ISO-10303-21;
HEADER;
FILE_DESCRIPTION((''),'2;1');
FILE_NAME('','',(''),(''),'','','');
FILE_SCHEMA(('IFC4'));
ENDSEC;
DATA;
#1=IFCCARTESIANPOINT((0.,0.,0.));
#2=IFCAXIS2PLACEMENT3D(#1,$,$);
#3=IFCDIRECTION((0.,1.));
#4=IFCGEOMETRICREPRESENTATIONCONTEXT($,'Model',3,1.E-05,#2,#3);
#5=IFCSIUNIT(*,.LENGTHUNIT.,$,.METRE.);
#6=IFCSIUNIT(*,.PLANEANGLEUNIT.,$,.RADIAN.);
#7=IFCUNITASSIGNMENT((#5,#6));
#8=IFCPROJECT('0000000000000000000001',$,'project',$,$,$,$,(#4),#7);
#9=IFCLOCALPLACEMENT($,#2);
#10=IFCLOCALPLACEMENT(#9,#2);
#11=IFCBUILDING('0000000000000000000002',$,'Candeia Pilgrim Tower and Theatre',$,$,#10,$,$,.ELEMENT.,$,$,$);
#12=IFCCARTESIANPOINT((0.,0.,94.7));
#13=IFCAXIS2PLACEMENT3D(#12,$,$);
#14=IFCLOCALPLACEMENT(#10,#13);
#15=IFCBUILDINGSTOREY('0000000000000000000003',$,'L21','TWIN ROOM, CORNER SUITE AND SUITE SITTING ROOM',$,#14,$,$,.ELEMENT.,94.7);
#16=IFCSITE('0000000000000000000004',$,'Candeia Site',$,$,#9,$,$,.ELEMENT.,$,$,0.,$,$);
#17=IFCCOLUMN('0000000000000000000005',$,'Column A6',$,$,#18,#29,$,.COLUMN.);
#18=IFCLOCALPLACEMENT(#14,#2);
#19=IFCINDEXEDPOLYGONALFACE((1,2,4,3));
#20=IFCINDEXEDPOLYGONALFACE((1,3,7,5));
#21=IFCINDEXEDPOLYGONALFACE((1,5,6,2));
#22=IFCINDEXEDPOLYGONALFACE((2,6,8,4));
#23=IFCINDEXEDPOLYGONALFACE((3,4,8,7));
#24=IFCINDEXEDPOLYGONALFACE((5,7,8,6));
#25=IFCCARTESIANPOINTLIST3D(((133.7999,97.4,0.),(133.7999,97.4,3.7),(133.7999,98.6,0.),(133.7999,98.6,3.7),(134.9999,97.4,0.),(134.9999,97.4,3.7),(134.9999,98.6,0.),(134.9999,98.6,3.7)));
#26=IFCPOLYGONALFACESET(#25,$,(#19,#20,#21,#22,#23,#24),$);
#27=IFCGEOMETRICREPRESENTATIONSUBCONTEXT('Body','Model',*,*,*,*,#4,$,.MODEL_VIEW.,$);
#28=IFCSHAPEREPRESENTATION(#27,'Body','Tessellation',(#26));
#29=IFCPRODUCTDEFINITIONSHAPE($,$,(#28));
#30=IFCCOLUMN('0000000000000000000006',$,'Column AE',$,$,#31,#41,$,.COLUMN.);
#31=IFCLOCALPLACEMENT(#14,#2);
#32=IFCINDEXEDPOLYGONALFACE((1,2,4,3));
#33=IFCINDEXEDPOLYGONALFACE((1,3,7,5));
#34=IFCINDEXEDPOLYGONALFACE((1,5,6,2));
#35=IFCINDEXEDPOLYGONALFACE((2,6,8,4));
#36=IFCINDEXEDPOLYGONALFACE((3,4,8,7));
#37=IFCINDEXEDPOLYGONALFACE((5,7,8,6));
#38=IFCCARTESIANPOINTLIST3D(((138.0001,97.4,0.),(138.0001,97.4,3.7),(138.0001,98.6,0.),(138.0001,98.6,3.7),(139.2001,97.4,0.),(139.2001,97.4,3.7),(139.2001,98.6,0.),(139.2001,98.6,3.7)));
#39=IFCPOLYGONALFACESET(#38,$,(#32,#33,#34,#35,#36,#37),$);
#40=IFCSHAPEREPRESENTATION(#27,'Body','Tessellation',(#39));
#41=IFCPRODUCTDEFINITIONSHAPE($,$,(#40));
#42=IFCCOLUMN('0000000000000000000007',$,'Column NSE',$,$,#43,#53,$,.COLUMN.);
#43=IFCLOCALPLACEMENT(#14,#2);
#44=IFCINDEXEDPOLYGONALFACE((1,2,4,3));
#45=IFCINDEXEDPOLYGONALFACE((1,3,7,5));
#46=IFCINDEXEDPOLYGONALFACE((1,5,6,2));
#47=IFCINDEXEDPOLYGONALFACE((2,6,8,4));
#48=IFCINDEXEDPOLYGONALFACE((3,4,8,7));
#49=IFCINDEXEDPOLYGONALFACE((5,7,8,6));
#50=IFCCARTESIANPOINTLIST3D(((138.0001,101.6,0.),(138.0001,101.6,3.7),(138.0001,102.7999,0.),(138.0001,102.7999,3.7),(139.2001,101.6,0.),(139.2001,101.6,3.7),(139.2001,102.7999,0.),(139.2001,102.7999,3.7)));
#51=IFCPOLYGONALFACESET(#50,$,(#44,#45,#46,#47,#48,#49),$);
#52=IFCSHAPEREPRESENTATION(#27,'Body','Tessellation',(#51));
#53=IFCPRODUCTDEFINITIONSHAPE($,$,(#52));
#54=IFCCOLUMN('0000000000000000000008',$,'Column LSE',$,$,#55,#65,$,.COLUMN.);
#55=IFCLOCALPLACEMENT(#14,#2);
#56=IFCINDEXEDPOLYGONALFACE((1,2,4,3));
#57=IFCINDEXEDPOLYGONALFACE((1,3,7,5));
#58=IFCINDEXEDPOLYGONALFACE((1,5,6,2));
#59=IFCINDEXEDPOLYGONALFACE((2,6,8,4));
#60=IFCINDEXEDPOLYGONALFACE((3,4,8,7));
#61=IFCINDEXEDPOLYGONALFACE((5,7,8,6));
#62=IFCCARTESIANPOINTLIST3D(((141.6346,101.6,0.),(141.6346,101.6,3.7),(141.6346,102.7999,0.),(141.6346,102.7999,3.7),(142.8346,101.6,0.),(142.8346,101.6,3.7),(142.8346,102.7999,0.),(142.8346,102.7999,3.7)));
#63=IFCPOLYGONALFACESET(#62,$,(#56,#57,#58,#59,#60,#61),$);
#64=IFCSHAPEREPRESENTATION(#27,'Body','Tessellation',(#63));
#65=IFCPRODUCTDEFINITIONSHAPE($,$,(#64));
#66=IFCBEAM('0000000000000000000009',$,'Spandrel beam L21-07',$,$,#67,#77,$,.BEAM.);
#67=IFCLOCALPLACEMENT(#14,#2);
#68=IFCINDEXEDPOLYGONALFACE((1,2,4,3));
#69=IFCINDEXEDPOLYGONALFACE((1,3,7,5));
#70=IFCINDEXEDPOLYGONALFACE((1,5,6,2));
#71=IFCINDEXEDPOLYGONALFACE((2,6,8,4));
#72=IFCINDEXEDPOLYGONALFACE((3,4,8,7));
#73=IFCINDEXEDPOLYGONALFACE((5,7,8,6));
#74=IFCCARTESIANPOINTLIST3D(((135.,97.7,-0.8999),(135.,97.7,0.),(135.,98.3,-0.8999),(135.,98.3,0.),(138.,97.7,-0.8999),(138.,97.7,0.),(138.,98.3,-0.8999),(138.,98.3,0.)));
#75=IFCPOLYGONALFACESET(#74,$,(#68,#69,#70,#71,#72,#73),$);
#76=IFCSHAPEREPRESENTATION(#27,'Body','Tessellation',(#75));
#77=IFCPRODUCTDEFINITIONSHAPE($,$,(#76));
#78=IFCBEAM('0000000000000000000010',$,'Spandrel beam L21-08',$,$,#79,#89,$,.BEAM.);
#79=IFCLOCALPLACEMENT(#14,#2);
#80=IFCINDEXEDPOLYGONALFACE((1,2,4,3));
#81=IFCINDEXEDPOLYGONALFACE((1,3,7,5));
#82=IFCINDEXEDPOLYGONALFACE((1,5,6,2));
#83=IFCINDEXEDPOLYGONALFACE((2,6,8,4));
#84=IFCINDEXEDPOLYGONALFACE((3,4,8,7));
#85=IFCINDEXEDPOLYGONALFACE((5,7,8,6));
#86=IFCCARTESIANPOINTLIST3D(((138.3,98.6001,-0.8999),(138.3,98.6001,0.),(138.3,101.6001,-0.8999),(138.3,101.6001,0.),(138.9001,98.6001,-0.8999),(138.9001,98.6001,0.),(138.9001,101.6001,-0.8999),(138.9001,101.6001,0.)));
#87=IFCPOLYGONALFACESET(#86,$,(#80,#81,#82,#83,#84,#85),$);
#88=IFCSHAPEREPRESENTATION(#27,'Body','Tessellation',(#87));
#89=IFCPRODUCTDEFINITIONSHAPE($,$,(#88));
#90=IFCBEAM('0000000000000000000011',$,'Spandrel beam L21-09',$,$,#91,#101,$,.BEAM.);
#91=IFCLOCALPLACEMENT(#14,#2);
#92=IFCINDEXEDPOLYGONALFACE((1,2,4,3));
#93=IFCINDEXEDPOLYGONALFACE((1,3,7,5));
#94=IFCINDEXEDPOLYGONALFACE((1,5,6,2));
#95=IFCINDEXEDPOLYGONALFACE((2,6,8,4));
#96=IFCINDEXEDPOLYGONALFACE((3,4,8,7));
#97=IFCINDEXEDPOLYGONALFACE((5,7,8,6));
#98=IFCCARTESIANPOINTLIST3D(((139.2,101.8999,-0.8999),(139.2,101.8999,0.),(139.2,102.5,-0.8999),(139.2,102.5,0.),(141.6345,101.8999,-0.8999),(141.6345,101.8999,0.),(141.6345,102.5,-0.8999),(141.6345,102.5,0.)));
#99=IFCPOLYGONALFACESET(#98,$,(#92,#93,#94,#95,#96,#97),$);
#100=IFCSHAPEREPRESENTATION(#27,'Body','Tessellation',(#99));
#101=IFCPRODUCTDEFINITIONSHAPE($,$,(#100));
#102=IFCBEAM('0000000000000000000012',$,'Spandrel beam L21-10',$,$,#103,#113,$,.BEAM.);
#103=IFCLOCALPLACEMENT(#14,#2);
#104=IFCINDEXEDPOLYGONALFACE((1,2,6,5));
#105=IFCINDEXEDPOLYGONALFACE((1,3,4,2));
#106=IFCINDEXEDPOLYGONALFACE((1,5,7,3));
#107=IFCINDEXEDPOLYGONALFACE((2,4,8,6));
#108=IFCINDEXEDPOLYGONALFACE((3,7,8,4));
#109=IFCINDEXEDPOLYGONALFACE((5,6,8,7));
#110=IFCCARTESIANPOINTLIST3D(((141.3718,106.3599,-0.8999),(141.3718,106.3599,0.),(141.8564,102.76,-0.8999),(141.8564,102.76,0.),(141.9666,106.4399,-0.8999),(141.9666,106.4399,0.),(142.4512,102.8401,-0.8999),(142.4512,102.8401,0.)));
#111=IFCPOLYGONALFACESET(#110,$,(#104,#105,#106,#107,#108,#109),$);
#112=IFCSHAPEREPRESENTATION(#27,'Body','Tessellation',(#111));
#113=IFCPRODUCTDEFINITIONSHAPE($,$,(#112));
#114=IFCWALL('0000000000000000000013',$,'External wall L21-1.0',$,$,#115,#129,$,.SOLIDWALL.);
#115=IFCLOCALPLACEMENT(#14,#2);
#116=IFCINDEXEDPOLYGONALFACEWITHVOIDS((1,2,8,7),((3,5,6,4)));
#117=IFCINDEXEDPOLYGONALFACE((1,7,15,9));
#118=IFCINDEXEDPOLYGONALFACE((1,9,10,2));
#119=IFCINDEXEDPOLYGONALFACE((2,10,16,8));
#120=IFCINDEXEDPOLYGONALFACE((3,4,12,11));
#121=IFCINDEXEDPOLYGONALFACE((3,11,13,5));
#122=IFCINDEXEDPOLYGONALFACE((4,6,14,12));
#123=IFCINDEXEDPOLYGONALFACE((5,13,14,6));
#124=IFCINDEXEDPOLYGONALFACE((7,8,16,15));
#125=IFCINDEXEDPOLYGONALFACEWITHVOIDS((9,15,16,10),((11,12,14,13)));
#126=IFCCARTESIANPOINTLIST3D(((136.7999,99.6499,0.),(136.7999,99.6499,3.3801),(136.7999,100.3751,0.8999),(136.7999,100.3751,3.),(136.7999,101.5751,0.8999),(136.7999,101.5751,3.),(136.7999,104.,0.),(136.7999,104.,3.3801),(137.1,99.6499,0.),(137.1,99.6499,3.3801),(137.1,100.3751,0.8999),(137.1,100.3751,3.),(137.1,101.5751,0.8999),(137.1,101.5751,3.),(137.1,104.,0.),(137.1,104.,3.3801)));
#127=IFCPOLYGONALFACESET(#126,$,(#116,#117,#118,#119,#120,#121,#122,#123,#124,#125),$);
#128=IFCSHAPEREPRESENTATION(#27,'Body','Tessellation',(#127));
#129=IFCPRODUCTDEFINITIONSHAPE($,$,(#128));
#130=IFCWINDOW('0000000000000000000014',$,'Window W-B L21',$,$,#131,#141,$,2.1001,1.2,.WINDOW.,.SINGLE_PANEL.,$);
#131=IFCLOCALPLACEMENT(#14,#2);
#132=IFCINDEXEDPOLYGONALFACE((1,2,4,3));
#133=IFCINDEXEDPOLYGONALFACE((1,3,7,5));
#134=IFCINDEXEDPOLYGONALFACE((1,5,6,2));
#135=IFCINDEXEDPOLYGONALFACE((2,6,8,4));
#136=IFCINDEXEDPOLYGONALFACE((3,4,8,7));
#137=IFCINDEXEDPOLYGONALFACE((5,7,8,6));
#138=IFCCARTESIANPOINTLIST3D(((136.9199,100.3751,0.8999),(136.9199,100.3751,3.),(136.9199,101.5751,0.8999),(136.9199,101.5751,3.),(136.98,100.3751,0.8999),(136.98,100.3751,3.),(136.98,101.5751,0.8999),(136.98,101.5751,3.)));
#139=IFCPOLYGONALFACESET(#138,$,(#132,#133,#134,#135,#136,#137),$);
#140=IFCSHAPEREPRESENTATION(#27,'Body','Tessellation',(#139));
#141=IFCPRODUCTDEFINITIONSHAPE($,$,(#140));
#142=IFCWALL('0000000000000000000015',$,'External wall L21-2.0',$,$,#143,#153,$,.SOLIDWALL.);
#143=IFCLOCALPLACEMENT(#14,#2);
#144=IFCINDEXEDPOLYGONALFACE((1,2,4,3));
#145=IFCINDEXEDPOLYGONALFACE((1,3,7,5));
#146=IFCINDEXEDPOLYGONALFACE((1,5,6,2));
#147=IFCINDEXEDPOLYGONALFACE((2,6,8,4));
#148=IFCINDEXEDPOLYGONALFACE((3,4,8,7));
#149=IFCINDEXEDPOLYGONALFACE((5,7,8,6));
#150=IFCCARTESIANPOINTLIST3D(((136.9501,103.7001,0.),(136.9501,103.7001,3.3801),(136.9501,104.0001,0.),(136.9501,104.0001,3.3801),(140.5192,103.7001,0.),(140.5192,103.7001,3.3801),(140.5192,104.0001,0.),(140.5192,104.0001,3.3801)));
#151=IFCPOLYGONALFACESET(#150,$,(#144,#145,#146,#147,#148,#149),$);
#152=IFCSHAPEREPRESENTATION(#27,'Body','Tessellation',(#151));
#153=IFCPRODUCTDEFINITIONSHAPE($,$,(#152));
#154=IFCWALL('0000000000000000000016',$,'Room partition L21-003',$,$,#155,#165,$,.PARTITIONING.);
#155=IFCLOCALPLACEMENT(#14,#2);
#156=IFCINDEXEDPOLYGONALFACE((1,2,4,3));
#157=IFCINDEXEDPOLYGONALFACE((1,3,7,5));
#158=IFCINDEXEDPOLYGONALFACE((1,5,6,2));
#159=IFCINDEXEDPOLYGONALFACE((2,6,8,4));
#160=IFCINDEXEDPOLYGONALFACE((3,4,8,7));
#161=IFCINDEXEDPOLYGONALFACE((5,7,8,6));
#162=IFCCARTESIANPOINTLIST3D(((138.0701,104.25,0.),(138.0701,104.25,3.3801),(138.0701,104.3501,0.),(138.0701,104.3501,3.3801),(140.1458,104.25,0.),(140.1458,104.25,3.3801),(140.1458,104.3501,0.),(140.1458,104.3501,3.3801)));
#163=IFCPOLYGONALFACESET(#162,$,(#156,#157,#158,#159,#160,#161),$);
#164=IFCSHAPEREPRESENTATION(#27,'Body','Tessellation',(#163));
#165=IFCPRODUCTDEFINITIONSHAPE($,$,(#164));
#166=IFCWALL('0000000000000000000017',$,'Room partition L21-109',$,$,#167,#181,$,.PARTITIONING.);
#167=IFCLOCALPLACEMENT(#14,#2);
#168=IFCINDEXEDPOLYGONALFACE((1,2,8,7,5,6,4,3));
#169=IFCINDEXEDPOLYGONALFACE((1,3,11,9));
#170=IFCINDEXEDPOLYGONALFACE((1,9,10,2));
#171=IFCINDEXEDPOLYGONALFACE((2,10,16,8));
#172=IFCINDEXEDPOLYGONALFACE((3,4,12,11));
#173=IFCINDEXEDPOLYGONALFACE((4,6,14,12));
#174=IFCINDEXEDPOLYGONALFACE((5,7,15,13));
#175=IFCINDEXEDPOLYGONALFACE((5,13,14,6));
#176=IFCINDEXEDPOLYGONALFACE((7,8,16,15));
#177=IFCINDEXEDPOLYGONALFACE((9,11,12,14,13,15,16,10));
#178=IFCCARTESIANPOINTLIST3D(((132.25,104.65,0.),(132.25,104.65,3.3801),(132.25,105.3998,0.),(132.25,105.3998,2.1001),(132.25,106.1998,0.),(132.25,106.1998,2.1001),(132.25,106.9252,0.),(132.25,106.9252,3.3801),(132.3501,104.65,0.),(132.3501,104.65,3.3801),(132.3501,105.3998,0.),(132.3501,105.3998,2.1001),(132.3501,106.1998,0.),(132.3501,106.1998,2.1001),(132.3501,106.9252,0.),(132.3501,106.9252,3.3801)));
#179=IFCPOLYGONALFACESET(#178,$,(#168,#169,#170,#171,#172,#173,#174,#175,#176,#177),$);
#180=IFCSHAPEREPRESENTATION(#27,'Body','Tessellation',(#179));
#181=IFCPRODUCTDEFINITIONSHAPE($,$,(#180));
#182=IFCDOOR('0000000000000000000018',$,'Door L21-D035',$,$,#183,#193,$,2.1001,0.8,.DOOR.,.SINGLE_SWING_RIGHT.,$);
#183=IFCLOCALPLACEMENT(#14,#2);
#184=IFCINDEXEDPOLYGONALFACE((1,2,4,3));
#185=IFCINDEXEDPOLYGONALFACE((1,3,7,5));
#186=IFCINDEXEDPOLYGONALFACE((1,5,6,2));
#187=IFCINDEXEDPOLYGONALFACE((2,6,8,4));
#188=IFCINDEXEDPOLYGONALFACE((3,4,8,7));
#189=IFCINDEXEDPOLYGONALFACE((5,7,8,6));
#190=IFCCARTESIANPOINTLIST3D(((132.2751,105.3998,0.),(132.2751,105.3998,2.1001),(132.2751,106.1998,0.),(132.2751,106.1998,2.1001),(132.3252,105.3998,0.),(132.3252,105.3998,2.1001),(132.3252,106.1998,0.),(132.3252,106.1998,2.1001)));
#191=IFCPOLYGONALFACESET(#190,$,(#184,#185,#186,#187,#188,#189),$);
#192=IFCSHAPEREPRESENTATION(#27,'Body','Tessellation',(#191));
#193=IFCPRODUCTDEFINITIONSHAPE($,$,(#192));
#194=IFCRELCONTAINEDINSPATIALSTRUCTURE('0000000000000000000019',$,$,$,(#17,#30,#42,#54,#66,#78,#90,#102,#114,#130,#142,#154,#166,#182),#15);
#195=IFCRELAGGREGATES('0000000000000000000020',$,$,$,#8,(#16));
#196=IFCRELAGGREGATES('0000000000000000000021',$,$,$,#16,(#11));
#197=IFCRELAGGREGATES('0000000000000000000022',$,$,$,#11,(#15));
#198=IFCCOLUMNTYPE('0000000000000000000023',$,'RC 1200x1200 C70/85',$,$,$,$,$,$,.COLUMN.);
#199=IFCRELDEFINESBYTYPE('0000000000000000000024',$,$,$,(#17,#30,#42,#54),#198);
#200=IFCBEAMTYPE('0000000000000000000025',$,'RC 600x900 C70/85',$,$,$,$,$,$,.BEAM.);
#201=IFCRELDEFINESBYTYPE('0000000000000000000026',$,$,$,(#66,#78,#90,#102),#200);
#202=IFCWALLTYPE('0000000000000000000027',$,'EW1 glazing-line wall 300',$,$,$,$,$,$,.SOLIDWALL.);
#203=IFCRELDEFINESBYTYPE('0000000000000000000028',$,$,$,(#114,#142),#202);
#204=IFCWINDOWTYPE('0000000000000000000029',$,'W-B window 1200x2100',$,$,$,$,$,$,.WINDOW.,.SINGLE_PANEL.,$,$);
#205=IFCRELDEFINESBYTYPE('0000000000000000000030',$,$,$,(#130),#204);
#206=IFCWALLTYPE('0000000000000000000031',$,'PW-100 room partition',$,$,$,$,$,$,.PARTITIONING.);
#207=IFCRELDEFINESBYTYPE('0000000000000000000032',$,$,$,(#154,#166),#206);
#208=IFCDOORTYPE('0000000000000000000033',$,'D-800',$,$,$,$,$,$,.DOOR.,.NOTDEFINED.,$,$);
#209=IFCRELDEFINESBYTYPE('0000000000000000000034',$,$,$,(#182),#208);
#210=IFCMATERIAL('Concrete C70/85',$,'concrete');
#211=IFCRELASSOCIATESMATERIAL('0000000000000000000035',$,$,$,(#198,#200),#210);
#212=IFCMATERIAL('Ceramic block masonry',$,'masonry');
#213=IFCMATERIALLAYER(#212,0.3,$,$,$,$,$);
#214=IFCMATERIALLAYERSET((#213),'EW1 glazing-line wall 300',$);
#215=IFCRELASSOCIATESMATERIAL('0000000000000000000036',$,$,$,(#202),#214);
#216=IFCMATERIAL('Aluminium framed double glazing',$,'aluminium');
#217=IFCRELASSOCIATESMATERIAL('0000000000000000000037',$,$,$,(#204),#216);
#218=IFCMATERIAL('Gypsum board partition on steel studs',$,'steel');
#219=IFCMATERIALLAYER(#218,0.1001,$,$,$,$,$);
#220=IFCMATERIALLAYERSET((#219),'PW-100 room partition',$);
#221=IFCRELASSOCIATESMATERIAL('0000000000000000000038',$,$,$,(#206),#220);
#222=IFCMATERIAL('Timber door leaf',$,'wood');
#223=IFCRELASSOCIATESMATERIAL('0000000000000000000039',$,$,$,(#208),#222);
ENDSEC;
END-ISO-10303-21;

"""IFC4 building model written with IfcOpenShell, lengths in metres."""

from ifc_helpers import new_model, si_unit, direction, frame, frame_2d, origin, origin_2d, place, context, subcontext, project, spatial, rectangle, extrude, material, layer, layer_set, material_profile, profile_set, type_object, element, fill, save


model = new_model("IFC4")

# Units and contexts
model_context = context("Model", 3, precision=1e-05, world=origin(), true_north=direction((0.0, 1.0)))
body_context = subcontext(model_context, "Body", "Model", "MODEL_VIEW")
ifc_project = project(units=[si_unit("LENGTHUNIT", "METRE"), si_unit("PLANEANGLEUNIT", "RADIAN")], contexts=[model_context])

# Site, building, storey
site_placement = place(None, origin())
site = spatial("IfcSite", under=ifc_project, at=site_placement, Name="Candeia Site", CompositionType="ELEMENT", RefElevation=0.0)
building_placement = place(site_placement, origin())
building = spatial("IfcBuilding", under=site, at=building_placement, Name="Candeia Pilgrim Tower and Theatre", CompositionType="ELEMENT")
storey_placement = place(building_placement, frame((0.0, 0.0, 94.7)))
storey = spatial("IfcBuildingStorey", under=building, at=storey_placement, Name="L21", Description="TWIN ROOM, CORNER SUITE AND SUITE SITTING ROOM", CompositionType="ELEMENT", Elevation=94.7)

# Columns
ifc_material_1 = material(Name="Concrete C70/85", Category="concrete")
ifc_material_profile_1 = material_profile(ifc_material_1, rectangle(XDim=1.2, YDim=1.2, at=origin_2d()))
ifc_profile_set_1 = profile_set([ifc_material_profile_1], Name="Concrete C70/85")
column_type = type_object("IfcColumnType", Name="RC 1200x1200 C70/85", PredefinedType="COLUMN", material=ifc_profile_set_1)
for number, where, z_axis, x_axis, name in (
    (1, (134.3999, 98.0, 0.0), (0.0, 0.0, 1.0), (1.0, 0.0, 0.0), "Column A6"),
    (2, (138.6001, 98.0, 0.0), (0.0, 0.0, 1.0), (1.0, 0.0, 0.0), "Column AE"),
    (3, (138.6001, 102.2, 0.0), (0.0, 0.0, 1.0), (1.0, 0.0, 0.0), "Column NSE"),
    (4, (142.2346, 102.2, 0.0), (0.0, 0.0, 1.0), (1.0, 0.0, 0.0), "Column LSE"),
):
    element("IfcColumn", number, at=place(storey_placement, frame(where, z_axis=z_axis, x_axis=x_axis)), inside=storey, type_object=column_type, Name=name, PredefinedType="COLUMN", context=body_context, shape_type="SweptSolid", body=[
        extrude(rectangle(XDim=1.2, YDim=1.2, at=origin_2d()), origin(), (0.0, 0.0, 1.0), 3.7),
    ])

# Beams
ifc_material_profile_2 = material_profile(ifc_material_1, rectangle(XDim=0.6001, YDim=0.8999, at=origin_2d()))
ifc_profile_set_2 = profile_set([ifc_material_profile_2], Name="Concrete C70/85")
beam_type = type_object("IfcBeamType", Name="RC 600x900 C70/85", PredefinedType="BEAM", material=ifc_profile_set_2)
for number, where, z_axis, x_axis, name in (
    (5, (135.0, 98.0, -0.45), (1.0, 0.0, 0.0), (0.0, 1.0, 0.0), "Spandrel beam L21-07"),
    (6, (138.6001, 98.6001, -0.45), (0.0, 1.0, 0.0), (-1.0, 0.0, 0.0), "Spandrel beam L21-08"),
):
    element("IfcBeam", number, at=place(storey_placement, frame(where, z_axis=z_axis, x_axis=x_axis)), inside=storey, type_object=beam_type, Name=name, PredefinedType="BEAM", context=body_context, shape_type="SweptSolid", body=[
        extrude(rectangle(XDim=0.6001, YDim=0.8999, at=origin_2d()), origin(), (0.0, 0.0, 1.0), 3.0),
    ])
beam_1_placement = place(storey_placement, frame((139.2, 102.2, -0.45), z_axis=(1.0, 0.0, 0.0), x_axis=(0.0, 1.0, 0.0)))
element("IfcBeam", 7, at=beam_1_placement, inside=storey, type_object=beam_type, Name="Spandrel beam L21-09", PredefinedType="BEAM", context=body_context, shape_type="SweptSolid", body=[
    extrude(rectangle(XDim=0.6001, YDim=0.8999, at=origin_2d()), origin(), (0.0, 0.0, 1.0), 2.4346),
])
beam_2_placement = place(storey_placement, frame((142.1538, 102.8, -0.45), z_axis=(-0.133418, 0.99106, 0.0), x_axis=(-0.99106, -0.133418, 0.0)))
element("IfcBeam", 8, at=beam_2_placement, inside=storey, type_object=beam_type, Name="Spandrel beam L21-10", PredefinedType="BEAM", context=body_context, shape_type="SweptSolid", body=[
    extrude(rectangle(XDim=0.6001, YDim=0.8999, at=origin_2d()), origin(), (0.0, 0.0, 1.0), 3.6323),
])

# Wall, opening, window
ifc_material_2 = material(Name="Ceramic block masonry", Category="masonry")
ifc_layer_1 = layer(ifc_material_2, 0.3)
ifc_layer_set_1 = layer_set([ifc_layer_1], Name="EW1 glazing-line wall 300")
wall_type_1 = type_object("IfcWallType", Name="EW1 glazing-line wall 300", PredefinedType="SOLIDWALL", material=ifc_layer_set_1)
wall_1_placement = place(storey_placement, frame((136.95, 99.6499, 0.0), z_axis=(0.0, 0.0, 1.0), x_axis=(0.0, 1.0, 0.0)))
wall_1 = element("IfcWall", 9, at=wall_1_placement, inside=storey, type_object=wall_type_1, Name="External wall L21-1.0", PredefinedType="SOLIDWALL", context=body_context, shape_type="SweptSolid", body=[
    extrude(rectangle(XDim=4.3501, YDim=0.3, at=frame_2d((2.175, 0.0))), origin(), (0.0, 0.0, 1.0), 3.3801),
])
opening_1_placement = place(wall_1_placement, frame((0.7251, 0.0, 0.8999)))
opening_1 = element("IfcOpeningElement", 10, at=opening_1_placement, cuts=wall_1, PredefinedType="OPENING", context=body_context, shape_type="SweptSolid", body=[
    extrude(rectangle(XDim=1.2, YDim=2.1001, at=frame_2d((0.6001, 1.05))), frame((0.0, 0.1602, 0.0), z_axis=(0.0, -1.0, 0.0), x_axis=(1.0, 0.0, 0.0)), (0.0, 0.0, 1.0), 0.3201),
])
ifc_material_3 = material(Name="Aluminium framed double glazing", Category="aluminium")
window_type = type_object("IfcWindowType", Name="W-B window 1200x2100", PartitioningType="SINGLE_PANEL", PredefinedType="WINDOW", material=ifc_material_3)
window_1_placement = place(opening_1_placement, origin())
window_1 = element("IfcWindow", 11, at=window_1_placement, inside=storey, type_object=window_type, Name="Window W-B L21", OverallHeight=2.1001, OverallWidth=1.2, PartitioningType="SINGLE_PANEL", PredefinedType="WINDOW", context=body_context, shape_type="SweptSolid", body=[
    extrude(rectangle(XDim=1.2, YDim=2.1001, at=frame_2d((0.6001, 1.05))), frame((0.0, 0.03, 0.0), z_axis=(0.0, -1.0, 0.0), x_axis=(1.0, 0.0, 0.0)), (0.0, 0.0, 1.0), 0.0601),
])
fill(opening_1, window_1)

# Wall
wall_2_placement = place(storey_placement, frame((136.95, 103.8501, 0.0), z_axis=(0.0, 0.0, 1.0), x_axis=(1.0, 0.0, 0.0)))
element("IfcWall", 12, at=wall_2_placement, inside=storey, type_object=wall_type_1, Name="External wall L21-2.0", PredefinedType="SOLIDWALL", context=body_context, shape_type="SweptSolid", body=[
    extrude(rectangle(XDim=3.5691, YDim=0.3, at=frame_2d((1.7847, 0.0))), origin(), (0.0, 0.0, 1.0), 3.3801),
])

# Wall
ifc_material_4 = material(Name="Gypsum board partition on steel studs", Category="steel")
ifc_layer_2 = layer(ifc_material_4, 0.1001)
ifc_layer_set_2 = layer_set([ifc_layer_2], Name="PW-100 room partition")
wall_type_2 = type_object("IfcWallType", Name="PW-100 room partition", PredefinedType="PARTITIONING", material=ifc_layer_set_2)
wall_3_placement = place(storey_placement, frame((138.0701, 104.3, 0.0), z_axis=(0.0, 0.0, 1.0), x_axis=(1.0, 0.0, 0.0)))
element("IfcWall", 13, at=wall_3_placement, inside=storey, type_object=wall_type_2, Name="Room partition L21-003", PredefinedType="PARTITIONING", context=body_context, shape_type="SweptSolid", body=[
    extrude(rectangle(XDim=2.0757, YDim=0.1001, at=frame_2d((1.0378, 0.0))), origin(), (0.0, 0.0, 1.0), 3.3801),
])

# Wall, opening, door
wall_4_placement = place(storey_placement, frame((132.3, 104.6499, 0.0), z_axis=(0.0, 0.0, 1.0), x_axis=(0.0, 1.0, 0.0)))
wall_4 = element("IfcWall", 14, at=wall_4_placement, inside=storey, type_object=wall_type_2, Name="Room partition L21-109", PredefinedType="PARTITIONING", context=body_context, shape_type="SweptSolid", body=[
    extrude(rectangle(XDim=2.2751, YDim=0.1001, at=frame_2d((1.1377, 0.0))), origin(), (0.0, 0.0, 1.0), 3.3801),
])
opening_2_placement = place(wall_4_placement, frame((0.75, 0.0, 0.0)))
opening_2 = element("IfcOpeningElement", 15, at=opening_2_placement, cuts=wall_4, PredefinedType="OPENING", context=body_context, shape_type="SweptSolid", body=[
    extrude(rectangle(XDim=0.8, YDim=2.1001, at=frame_2d((0.3999, 1.05))), frame((0.0, 0.0601, 0.0), z_axis=(0.0, -1.0, 0.0), x_axis=(1.0, 0.0, 0.0)), (0.0, 0.0, 1.0), 0.1201),
])
ifc_material_5 = material(Name="Timber door leaf", Category="wood")
door_type_1 = type_object("IfcDoorType", Name="D-800", OperationType="NOTDEFINED", PredefinedType="DOOR", material=ifc_material_5)
door_1_placement = place(opening_2_placement, origin())
door_1 = element("IfcDoor", 16, at=door_1_placement, inside=storey, type_object=door_type_1, Name="Door L21-D035", OperationType="SINGLE_SWING_RIGHT", OverallHeight=2.1001, OverallWidth=0.8, PredefinedType="DOOR", context=body_context, shape_type="SweptSolid", body=[
    extrude(rectangle(XDim=0.8, YDim=2.1001, at=frame_2d((0.3999, 1.05))), frame((0.0, 0.0249, 0.0), z_axis=(0.0, -1.0, 0.0), x_axis=(1.0, 0.0, 0.0)), (0.0, 0.0, 1.0), 0.05),
])
fill(opening_2, door_1)

save(model, "model.ifc")
